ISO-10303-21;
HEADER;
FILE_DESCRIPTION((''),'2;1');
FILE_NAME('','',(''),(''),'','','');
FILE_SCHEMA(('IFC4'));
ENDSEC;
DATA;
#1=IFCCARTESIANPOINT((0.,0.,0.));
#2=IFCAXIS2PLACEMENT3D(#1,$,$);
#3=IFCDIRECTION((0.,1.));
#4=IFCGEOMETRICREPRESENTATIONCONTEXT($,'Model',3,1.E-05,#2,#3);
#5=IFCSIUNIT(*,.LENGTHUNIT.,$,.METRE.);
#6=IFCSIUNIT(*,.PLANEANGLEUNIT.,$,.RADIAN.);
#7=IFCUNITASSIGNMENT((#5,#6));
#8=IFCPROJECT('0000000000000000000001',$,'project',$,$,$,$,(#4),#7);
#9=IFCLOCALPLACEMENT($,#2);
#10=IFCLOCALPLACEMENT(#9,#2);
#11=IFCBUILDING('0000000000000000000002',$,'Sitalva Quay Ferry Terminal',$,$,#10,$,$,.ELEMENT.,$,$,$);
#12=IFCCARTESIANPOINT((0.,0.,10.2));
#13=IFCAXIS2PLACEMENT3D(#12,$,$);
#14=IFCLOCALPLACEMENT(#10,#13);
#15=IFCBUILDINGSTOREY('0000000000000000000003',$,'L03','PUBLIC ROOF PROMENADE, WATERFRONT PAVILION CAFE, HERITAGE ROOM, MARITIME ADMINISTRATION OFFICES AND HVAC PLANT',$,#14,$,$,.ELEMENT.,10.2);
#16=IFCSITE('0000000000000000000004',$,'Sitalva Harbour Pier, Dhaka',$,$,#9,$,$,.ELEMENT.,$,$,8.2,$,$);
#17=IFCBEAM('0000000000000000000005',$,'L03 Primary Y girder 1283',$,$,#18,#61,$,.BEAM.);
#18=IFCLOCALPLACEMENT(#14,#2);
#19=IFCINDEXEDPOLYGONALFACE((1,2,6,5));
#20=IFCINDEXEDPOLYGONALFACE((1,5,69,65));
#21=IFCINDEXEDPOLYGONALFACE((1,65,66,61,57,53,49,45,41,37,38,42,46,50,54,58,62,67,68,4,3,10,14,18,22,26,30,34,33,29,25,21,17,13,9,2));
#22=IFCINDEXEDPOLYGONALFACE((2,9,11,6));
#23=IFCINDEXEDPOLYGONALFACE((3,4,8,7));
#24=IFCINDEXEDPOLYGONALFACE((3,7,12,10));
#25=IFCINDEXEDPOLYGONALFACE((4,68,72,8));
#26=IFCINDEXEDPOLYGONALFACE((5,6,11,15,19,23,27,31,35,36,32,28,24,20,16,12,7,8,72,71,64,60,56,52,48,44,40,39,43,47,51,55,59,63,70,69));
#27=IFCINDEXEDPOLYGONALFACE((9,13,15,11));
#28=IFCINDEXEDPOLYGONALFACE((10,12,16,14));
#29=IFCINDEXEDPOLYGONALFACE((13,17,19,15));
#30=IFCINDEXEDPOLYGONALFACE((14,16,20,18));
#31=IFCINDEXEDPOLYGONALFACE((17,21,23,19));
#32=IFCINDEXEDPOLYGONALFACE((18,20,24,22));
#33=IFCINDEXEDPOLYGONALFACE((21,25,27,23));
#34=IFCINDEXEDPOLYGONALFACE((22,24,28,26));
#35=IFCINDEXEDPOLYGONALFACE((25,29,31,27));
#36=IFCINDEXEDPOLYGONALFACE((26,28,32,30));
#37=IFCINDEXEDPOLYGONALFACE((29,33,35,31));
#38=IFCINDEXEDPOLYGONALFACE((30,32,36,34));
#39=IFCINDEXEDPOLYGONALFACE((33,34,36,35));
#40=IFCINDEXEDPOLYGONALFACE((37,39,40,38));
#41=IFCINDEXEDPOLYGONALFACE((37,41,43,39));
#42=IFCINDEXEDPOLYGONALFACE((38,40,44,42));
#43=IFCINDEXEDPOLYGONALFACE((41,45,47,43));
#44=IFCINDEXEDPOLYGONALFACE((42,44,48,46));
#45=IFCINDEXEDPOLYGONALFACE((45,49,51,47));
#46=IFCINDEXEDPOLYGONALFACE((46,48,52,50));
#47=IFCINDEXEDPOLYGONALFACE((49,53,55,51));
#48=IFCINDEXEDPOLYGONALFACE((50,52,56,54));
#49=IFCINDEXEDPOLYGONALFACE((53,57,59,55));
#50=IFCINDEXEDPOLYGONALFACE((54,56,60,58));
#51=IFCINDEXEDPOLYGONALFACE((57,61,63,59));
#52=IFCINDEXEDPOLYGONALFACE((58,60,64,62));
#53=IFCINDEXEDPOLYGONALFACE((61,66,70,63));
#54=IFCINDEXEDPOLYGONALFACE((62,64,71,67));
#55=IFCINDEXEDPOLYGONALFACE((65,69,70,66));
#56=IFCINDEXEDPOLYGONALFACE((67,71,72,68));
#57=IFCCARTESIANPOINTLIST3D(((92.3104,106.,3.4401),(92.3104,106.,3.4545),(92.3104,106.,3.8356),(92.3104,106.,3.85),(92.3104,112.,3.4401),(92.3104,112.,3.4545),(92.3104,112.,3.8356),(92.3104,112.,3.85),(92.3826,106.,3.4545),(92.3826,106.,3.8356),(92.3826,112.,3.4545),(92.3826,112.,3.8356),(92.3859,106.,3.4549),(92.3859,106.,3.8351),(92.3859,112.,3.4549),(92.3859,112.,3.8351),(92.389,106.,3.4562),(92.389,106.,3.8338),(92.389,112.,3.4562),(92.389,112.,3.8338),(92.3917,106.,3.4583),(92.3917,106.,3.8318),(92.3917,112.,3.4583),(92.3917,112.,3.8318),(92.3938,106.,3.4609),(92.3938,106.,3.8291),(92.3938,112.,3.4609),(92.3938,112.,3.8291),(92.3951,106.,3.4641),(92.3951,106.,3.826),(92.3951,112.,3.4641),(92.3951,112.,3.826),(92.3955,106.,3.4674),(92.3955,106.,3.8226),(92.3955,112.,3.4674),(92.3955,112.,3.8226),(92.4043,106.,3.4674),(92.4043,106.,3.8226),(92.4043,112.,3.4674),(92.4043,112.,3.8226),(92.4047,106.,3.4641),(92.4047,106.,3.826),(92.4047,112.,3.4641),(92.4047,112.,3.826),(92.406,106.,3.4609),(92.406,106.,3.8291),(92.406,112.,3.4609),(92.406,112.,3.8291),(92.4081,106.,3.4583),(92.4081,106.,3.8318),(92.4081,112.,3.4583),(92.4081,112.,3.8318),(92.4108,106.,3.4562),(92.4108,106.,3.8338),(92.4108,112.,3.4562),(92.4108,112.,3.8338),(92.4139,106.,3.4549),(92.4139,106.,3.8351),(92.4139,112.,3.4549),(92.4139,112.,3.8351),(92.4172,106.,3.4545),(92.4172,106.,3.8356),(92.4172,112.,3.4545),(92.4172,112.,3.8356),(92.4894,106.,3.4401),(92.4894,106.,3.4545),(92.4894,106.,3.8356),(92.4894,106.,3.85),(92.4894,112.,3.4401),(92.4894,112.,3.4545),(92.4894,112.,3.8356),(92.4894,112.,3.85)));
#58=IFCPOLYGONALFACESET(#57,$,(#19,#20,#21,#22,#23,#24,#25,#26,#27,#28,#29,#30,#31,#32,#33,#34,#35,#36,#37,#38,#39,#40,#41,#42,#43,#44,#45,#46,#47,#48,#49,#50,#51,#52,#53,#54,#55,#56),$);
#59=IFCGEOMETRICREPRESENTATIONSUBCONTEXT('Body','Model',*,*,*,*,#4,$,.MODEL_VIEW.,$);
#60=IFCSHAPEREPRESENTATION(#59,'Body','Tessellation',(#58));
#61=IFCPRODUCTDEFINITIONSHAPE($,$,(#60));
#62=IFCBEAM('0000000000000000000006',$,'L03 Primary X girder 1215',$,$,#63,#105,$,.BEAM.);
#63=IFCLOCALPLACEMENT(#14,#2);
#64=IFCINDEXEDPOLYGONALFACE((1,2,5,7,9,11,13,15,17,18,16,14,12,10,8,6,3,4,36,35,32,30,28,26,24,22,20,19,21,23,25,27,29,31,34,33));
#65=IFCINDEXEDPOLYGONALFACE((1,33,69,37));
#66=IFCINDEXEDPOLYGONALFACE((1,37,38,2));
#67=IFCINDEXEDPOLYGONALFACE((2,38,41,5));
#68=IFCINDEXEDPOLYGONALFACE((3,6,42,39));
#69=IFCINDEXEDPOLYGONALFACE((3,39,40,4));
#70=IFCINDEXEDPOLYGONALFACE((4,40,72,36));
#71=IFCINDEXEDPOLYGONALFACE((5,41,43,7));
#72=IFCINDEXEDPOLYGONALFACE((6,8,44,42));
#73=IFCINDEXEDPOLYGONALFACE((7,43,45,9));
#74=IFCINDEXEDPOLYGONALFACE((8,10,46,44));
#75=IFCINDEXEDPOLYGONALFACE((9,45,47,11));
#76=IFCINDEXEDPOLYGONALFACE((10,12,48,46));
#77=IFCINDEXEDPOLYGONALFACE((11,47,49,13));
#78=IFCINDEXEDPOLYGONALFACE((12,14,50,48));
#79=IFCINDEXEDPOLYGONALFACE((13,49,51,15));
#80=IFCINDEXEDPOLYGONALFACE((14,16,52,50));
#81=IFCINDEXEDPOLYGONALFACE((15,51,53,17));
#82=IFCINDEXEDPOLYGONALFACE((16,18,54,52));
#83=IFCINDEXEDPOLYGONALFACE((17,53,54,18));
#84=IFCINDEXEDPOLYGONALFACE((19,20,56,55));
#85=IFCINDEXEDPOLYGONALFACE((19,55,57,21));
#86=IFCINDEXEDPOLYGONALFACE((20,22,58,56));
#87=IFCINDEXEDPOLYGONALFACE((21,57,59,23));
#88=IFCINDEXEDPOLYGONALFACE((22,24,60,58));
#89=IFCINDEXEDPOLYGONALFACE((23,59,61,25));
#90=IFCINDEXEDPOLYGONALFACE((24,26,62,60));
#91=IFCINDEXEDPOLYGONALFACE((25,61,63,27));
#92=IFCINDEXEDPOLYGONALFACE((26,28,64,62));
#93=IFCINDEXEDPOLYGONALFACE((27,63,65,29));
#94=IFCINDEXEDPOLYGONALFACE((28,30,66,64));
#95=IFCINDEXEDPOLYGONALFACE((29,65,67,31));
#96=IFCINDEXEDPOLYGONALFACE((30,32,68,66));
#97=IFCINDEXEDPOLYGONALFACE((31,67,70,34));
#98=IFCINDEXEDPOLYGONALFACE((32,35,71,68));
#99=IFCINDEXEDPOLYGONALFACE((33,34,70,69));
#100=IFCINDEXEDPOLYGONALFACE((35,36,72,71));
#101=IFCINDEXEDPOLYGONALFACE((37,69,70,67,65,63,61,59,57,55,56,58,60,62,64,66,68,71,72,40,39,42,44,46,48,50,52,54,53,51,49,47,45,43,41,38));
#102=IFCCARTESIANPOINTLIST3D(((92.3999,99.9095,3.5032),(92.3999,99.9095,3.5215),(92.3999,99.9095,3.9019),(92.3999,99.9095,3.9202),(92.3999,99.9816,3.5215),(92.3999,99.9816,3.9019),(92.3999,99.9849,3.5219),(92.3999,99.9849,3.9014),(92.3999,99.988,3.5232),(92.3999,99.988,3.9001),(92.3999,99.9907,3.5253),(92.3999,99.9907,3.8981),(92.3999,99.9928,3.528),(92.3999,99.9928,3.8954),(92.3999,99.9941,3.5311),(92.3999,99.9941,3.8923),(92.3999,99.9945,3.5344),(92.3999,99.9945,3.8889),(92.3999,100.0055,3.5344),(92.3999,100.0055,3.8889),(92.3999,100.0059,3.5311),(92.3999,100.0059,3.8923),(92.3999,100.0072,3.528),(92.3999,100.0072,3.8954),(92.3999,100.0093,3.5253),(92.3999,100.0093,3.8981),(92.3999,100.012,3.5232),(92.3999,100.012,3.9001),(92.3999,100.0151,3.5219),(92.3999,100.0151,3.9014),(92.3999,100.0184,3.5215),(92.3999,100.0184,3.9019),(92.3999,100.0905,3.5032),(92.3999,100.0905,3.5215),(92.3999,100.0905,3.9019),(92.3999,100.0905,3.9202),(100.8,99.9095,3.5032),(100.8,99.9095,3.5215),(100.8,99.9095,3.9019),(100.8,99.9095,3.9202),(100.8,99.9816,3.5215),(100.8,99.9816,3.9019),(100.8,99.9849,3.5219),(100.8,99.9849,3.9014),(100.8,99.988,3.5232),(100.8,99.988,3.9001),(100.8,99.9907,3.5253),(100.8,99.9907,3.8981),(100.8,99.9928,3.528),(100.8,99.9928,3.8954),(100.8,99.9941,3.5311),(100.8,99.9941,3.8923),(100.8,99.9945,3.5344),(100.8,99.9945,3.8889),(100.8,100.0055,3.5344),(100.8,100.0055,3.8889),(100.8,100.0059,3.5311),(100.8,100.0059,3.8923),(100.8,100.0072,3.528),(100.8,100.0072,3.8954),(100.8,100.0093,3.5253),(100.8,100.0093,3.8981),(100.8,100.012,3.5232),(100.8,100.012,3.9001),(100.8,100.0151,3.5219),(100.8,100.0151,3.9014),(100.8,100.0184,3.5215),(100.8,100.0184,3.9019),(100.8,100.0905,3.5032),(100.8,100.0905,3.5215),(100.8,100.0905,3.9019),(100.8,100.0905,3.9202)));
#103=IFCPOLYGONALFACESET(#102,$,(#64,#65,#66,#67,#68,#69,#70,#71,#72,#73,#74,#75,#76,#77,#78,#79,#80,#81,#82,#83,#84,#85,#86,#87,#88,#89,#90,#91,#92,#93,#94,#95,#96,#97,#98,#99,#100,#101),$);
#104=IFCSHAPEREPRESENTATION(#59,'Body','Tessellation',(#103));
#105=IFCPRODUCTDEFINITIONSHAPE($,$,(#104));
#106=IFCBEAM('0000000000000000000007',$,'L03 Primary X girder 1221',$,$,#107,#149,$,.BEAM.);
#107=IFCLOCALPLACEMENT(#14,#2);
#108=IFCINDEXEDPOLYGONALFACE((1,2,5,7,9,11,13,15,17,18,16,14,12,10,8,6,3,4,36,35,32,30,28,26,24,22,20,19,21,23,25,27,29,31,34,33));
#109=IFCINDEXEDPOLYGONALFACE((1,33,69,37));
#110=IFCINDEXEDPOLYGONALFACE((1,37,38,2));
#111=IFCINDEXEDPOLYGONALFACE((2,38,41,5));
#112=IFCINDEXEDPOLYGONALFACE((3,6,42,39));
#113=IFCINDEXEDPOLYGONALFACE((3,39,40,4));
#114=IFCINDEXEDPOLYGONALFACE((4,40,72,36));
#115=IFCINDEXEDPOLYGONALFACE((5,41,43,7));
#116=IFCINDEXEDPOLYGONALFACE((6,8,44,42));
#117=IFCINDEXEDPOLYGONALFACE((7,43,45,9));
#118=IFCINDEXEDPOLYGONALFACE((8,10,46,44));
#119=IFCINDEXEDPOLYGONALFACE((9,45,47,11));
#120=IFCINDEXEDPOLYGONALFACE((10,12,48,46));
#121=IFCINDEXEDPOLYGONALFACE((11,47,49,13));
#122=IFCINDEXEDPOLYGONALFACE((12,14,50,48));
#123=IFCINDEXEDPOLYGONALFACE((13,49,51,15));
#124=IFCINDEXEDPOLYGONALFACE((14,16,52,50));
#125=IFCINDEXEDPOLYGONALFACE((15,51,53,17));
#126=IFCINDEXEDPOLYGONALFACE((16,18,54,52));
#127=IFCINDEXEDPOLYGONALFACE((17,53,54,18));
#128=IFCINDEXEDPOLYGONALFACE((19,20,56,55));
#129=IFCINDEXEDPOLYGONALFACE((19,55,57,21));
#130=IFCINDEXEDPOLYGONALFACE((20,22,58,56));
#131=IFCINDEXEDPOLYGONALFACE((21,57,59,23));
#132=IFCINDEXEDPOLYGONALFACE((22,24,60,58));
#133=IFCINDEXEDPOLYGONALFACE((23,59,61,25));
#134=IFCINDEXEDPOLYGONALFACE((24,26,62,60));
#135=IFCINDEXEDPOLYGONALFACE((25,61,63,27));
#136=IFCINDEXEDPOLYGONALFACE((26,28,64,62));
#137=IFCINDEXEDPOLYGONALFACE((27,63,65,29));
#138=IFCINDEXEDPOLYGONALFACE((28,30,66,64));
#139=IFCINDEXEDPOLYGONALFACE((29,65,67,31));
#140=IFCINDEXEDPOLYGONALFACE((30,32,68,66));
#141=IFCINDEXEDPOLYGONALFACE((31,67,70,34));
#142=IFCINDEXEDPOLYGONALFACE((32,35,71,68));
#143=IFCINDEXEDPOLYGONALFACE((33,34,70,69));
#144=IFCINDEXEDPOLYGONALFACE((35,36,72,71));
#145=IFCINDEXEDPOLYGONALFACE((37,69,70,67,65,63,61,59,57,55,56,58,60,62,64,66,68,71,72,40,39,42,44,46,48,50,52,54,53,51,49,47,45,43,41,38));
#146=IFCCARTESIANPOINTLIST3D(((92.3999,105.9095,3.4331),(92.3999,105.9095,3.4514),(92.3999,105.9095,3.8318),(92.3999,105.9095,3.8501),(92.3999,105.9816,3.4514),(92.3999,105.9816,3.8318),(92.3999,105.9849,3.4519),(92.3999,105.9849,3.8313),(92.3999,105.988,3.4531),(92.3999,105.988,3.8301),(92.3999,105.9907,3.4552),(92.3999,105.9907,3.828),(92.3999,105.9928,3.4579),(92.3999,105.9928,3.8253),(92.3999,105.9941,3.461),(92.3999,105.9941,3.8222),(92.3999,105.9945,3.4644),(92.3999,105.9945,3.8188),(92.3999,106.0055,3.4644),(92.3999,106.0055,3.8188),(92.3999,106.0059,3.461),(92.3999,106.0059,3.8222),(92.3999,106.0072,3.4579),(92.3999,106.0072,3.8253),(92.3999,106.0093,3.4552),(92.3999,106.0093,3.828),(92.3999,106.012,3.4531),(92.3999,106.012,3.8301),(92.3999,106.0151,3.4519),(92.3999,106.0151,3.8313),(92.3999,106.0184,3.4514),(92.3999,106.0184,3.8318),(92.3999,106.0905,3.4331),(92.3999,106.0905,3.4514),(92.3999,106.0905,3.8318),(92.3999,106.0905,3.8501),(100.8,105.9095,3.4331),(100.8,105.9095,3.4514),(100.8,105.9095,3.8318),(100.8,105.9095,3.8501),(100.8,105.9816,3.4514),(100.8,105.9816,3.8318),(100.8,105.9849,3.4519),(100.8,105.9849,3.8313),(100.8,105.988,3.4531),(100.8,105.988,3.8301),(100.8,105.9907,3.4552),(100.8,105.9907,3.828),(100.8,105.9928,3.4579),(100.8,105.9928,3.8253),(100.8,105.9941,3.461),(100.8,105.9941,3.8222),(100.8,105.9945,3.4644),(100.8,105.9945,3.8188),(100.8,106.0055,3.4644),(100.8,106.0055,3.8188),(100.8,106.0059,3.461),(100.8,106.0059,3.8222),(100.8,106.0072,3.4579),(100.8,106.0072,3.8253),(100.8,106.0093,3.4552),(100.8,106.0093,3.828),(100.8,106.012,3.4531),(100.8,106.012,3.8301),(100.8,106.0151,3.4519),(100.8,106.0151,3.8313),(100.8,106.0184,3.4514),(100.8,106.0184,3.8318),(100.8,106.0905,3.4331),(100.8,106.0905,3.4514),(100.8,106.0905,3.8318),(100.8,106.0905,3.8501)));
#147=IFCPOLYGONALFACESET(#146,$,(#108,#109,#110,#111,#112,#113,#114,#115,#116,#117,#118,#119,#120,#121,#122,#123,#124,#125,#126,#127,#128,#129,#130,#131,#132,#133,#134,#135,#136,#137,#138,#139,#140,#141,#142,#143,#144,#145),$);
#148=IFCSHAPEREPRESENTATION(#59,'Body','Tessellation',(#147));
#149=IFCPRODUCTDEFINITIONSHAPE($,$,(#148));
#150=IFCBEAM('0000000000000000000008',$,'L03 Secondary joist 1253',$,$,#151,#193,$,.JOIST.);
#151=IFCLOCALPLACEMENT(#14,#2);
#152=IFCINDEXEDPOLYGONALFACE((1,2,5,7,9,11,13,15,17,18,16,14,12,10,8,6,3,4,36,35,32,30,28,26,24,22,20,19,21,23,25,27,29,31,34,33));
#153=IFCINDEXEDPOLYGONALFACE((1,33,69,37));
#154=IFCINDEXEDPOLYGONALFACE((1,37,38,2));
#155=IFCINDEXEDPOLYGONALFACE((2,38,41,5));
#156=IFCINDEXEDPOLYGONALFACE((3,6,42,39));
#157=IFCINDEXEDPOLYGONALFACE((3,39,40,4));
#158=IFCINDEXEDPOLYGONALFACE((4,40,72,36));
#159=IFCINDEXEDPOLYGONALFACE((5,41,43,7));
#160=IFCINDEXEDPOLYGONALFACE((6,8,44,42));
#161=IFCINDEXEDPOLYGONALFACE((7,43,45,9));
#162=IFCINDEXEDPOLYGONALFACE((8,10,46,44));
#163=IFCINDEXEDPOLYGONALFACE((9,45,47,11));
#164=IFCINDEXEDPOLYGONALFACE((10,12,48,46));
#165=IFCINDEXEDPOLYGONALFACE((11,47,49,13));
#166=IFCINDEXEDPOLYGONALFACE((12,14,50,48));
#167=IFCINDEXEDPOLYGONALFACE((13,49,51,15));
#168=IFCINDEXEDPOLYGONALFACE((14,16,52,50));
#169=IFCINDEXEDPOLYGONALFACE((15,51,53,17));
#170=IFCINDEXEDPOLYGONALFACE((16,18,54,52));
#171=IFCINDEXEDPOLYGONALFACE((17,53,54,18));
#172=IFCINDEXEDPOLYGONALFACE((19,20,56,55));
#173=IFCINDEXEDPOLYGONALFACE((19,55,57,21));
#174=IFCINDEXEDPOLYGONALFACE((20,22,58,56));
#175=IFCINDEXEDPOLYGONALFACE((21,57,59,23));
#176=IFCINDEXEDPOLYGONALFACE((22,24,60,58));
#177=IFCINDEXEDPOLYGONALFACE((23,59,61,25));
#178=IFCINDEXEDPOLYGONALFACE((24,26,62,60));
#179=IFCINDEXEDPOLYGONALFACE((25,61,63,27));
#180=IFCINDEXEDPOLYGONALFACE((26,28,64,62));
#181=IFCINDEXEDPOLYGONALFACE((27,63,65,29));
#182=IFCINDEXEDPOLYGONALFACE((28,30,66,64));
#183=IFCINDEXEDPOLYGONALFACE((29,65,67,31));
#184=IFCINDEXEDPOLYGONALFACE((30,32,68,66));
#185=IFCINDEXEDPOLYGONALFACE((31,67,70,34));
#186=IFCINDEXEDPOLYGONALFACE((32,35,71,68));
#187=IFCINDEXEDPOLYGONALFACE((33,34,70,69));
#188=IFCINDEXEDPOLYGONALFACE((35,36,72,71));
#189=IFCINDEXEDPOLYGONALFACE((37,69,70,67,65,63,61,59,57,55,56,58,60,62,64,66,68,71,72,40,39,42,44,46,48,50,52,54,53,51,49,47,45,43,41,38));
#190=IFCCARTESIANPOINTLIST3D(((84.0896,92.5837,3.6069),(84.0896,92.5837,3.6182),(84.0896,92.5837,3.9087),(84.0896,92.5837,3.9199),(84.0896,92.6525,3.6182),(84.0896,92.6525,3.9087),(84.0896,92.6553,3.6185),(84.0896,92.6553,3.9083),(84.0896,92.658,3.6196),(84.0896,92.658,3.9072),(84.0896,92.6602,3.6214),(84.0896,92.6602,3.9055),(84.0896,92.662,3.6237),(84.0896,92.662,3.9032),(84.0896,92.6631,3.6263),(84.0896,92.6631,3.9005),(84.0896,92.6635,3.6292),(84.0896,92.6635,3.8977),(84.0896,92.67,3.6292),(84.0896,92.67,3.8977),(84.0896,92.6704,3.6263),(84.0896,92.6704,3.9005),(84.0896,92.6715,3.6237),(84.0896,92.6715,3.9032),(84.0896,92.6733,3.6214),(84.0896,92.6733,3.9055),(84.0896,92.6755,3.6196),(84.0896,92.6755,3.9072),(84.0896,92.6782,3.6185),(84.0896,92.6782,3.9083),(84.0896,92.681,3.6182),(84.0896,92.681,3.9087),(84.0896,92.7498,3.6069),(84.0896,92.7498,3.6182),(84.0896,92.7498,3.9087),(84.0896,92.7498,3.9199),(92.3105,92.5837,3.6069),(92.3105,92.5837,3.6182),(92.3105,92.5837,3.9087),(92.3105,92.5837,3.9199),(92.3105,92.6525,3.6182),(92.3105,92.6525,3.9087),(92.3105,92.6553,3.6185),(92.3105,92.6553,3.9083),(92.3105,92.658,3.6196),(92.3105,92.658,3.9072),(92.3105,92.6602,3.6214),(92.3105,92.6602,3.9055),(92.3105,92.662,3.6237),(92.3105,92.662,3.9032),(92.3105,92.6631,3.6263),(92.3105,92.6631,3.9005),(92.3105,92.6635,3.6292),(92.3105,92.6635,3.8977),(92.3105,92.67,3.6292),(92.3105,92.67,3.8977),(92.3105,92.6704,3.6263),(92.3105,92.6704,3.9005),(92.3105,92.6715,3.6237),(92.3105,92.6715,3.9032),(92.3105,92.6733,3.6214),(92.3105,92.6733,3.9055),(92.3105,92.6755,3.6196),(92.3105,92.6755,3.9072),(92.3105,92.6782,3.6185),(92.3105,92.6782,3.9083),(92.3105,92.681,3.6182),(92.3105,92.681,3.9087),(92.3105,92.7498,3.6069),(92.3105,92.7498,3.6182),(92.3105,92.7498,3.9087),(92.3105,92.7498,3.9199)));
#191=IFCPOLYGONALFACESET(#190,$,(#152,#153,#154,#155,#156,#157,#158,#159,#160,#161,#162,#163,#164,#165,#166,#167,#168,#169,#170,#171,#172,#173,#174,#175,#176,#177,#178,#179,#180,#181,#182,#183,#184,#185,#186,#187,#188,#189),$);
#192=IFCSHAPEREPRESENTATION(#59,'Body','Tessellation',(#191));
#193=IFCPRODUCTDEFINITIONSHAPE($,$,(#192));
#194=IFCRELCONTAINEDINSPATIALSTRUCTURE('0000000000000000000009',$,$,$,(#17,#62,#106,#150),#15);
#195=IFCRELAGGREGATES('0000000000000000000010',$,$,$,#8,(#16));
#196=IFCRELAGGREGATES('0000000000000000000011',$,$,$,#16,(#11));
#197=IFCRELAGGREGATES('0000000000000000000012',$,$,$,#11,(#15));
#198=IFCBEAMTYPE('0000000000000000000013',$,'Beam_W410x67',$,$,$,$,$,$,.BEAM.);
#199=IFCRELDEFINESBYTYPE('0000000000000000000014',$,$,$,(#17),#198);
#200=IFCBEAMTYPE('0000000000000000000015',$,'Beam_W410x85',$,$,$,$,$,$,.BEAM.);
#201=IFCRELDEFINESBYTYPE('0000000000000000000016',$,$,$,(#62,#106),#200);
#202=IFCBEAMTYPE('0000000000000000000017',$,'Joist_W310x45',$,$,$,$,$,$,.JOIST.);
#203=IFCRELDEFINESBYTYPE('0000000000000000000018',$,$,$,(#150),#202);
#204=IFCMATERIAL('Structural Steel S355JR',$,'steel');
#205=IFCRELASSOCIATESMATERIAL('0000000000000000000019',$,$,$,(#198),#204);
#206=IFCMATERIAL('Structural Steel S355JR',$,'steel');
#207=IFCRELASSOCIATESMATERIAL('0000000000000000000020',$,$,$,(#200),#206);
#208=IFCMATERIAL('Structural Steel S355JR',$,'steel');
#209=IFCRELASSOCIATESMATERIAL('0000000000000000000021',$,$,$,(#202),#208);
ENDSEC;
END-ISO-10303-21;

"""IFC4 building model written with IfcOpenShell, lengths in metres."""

from ifc_helpers import new_model, si_unit, direction, frame, origin, origin_2d, place, context, subcontext, project, spatial, i_section, extrude, material, material_profile, profile_set, type_object, element, save


model = new_model("IFC4")

# Units and contexts
model_context = context("Model", 3, precision=1e-05, world=origin(), true_north=direction((0.0, 1.0)))
body_context = subcontext(model_context, "Body", "Model", "MODEL_VIEW")
ifc_project = project(units=[si_unit("LENGTHUNIT", "METRE"), si_unit("PLANEANGLEUNIT", "RADIAN")], contexts=[model_context])

# Site, building, storey
site_placement = place(None, origin())
site = spatial("IfcSite", under=ifc_project, at=site_placement, Name="Sitalva Harbour Pier, Dhaka", CompositionType="ELEMENT", RefElevation=8.2)
building_placement = place(site_placement, origin())
building = spatial("IfcBuilding", under=site, at=building_placement, Name="Sitalva Quay Ferry Terminal", CompositionType="ELEMENT")
storey_placement = place(building_placement, frame((0.0, 0.0, 10.2)))
storey = spatial("IfcBuildingStorey", under=building, at=storey_placement, Name="L03", Description="PUBLIC ROOF PROMENADE, WATERFRONT PAVILION CAFE, HERITAGE ROOM, MARITIME ADMINISTRATION OFFICES AND HVAC PLANT", CompositionType="ELEMENT", Elevation=10.2)

# Beams
ifc_material_1 = material(Name="Structural Steel S355JR", Category="steel")
ifc_material_profile_1 = material_profile(ifc_material_1, i_section(OverallWidth=0.179, OverallDepth=0.4099, WebThickness=0.0088, FlangeThickness=0.0144, FilletRadius=0.0129, at=origin_2d()), Name="W410x67")
ifc_profile_set_1 = profile_set([ifc_material_profile_1], Name="Structural Steel S355JR")
beam_type_1 = type_object("IfcBeamType", Name="Beam_W410x67", PredefinedType="BEAM", material=ifc_profile_set_1)
for number, where, z_axis, x_axis, name in (
    (1, (92.3999, 106.0, 3.645), (0.0, 1.0, 0.0), (-1.0, 0.0, 0.0), "L03 Primary Y girder 1283"),
):
    element("IfcBeam", number, at=place(storey_placement, frame(where, z_axis=z_axis, x_axis=x_axis)), inside=storey, type_object=beam_type_1, Name=name, PredefinedType="BEAM", context=body_context, shape_type="SweptSolid", body=[
        extrude(i_section(OverallWidth=0.179, OverallDepth=0.4099, WebThickness=0.0088, FlangeThickness=0.0144, FilletRadius=0.0129, at=origin_2d()), origin(), (0.0, 0.0, 1.0), 6.0),
    ])
ifc_material_2 = material(Name="Structural Steel S355JR", Category="steel")
ifc_material_profile_2 = material_profile(ifc_material_2, i_section(OverallWidth=0.1809, OverallDepth=0.417, WebThickness=0.011, FlangeThickness=0.0183, FilletRadius=0.0129, at=origin_2d()), Name="W410x85")
ifc_profile_set_2 = profile_set([ifc_material_profile_2], Name="Structural Steel S355JR")
beam_type_2 = type_object("IfcBeamType", Name="Beam_W410x85", PredefinedType="BEAM", material=ifc_profile_set_2)
for number, where, z_axis, x_axis, name in (
    (2, (92.3999, 100.0, 3.7117), (1.0, 0.0, 0.0), (0.0, 1.0, 0.0), "L03 Primary X girder 1215"),
    (3, (92.3999, 106.0, 3.6416), (1.0, 0.0, 0.0), (0.0, 1.0, 0.0), "L03 Primary X girder 1221"),
):
    element("IfcBeam", number, at=place(storey_placement, frame(where, z_axis=z_axis, x_axis=x_axis)), inside=storey, type_object=beam_type_2, Name=name, PredefinedType="BEAM", context=body_context, shape_type="SweptSolid", body=[
        extrude(i_section(OverallWidth=0.1809, OverallDepth=0.417, WebThickness=0.011, FlangeThickness=0.0183, FilletRadius=0.0129, at=origin_2d()), origin(), (0.0, 0.0, 1.0), 8.4001),
    ])
ifc_material_3 = material(Name="Structural Steel S355JR", Category="steel")
ifc_material_profile_3 = material_profile(ifc_material_3, i_section(OverallWidth=0.166, OverallDepth=0.313, WebThickness=0.0066, FlangeThickness=0.0112, FilletRadius=0.011, at=origin_2d()), Name="W310x45")
ifc_profile_set_3 = profile_set([ifc_material_profile_3], Name="Structural Steel S355JR")
beam_type_3 = type_object("IfcBeamType", Name="Joist_W310x45", PredefinedType="JOIST", material=ifc_profile_set_3)
for number, where, z_axis, x_axis, name in (
    (4, (84.0896, 92.6667, 3.7634), (1.0, 0.0, 0.0), (0.0, 1.0, 0.0), "L03 Secondary joist 1253"),
):
    element("IfcBeam", number, at=place(storey_placement, frame(where, z_axis=z_axis, x_axis=x_axis)), inside=storey, type_object=beam_type_3, Name=name, PredefinedType="JOIST", context=body_context, shape_type="SweptSolid", body=[
        extrude(i_section(OverallWidth=0.166, OverallDepth=0.313, WebThickness=0.0066, FlangeThickness=0.0112, FilletRadius=0.011, at=origin_2d()), origin(), (0.0, 0.0, 1.0), 8.2209),
    ])

save(model, "model.ifc")
